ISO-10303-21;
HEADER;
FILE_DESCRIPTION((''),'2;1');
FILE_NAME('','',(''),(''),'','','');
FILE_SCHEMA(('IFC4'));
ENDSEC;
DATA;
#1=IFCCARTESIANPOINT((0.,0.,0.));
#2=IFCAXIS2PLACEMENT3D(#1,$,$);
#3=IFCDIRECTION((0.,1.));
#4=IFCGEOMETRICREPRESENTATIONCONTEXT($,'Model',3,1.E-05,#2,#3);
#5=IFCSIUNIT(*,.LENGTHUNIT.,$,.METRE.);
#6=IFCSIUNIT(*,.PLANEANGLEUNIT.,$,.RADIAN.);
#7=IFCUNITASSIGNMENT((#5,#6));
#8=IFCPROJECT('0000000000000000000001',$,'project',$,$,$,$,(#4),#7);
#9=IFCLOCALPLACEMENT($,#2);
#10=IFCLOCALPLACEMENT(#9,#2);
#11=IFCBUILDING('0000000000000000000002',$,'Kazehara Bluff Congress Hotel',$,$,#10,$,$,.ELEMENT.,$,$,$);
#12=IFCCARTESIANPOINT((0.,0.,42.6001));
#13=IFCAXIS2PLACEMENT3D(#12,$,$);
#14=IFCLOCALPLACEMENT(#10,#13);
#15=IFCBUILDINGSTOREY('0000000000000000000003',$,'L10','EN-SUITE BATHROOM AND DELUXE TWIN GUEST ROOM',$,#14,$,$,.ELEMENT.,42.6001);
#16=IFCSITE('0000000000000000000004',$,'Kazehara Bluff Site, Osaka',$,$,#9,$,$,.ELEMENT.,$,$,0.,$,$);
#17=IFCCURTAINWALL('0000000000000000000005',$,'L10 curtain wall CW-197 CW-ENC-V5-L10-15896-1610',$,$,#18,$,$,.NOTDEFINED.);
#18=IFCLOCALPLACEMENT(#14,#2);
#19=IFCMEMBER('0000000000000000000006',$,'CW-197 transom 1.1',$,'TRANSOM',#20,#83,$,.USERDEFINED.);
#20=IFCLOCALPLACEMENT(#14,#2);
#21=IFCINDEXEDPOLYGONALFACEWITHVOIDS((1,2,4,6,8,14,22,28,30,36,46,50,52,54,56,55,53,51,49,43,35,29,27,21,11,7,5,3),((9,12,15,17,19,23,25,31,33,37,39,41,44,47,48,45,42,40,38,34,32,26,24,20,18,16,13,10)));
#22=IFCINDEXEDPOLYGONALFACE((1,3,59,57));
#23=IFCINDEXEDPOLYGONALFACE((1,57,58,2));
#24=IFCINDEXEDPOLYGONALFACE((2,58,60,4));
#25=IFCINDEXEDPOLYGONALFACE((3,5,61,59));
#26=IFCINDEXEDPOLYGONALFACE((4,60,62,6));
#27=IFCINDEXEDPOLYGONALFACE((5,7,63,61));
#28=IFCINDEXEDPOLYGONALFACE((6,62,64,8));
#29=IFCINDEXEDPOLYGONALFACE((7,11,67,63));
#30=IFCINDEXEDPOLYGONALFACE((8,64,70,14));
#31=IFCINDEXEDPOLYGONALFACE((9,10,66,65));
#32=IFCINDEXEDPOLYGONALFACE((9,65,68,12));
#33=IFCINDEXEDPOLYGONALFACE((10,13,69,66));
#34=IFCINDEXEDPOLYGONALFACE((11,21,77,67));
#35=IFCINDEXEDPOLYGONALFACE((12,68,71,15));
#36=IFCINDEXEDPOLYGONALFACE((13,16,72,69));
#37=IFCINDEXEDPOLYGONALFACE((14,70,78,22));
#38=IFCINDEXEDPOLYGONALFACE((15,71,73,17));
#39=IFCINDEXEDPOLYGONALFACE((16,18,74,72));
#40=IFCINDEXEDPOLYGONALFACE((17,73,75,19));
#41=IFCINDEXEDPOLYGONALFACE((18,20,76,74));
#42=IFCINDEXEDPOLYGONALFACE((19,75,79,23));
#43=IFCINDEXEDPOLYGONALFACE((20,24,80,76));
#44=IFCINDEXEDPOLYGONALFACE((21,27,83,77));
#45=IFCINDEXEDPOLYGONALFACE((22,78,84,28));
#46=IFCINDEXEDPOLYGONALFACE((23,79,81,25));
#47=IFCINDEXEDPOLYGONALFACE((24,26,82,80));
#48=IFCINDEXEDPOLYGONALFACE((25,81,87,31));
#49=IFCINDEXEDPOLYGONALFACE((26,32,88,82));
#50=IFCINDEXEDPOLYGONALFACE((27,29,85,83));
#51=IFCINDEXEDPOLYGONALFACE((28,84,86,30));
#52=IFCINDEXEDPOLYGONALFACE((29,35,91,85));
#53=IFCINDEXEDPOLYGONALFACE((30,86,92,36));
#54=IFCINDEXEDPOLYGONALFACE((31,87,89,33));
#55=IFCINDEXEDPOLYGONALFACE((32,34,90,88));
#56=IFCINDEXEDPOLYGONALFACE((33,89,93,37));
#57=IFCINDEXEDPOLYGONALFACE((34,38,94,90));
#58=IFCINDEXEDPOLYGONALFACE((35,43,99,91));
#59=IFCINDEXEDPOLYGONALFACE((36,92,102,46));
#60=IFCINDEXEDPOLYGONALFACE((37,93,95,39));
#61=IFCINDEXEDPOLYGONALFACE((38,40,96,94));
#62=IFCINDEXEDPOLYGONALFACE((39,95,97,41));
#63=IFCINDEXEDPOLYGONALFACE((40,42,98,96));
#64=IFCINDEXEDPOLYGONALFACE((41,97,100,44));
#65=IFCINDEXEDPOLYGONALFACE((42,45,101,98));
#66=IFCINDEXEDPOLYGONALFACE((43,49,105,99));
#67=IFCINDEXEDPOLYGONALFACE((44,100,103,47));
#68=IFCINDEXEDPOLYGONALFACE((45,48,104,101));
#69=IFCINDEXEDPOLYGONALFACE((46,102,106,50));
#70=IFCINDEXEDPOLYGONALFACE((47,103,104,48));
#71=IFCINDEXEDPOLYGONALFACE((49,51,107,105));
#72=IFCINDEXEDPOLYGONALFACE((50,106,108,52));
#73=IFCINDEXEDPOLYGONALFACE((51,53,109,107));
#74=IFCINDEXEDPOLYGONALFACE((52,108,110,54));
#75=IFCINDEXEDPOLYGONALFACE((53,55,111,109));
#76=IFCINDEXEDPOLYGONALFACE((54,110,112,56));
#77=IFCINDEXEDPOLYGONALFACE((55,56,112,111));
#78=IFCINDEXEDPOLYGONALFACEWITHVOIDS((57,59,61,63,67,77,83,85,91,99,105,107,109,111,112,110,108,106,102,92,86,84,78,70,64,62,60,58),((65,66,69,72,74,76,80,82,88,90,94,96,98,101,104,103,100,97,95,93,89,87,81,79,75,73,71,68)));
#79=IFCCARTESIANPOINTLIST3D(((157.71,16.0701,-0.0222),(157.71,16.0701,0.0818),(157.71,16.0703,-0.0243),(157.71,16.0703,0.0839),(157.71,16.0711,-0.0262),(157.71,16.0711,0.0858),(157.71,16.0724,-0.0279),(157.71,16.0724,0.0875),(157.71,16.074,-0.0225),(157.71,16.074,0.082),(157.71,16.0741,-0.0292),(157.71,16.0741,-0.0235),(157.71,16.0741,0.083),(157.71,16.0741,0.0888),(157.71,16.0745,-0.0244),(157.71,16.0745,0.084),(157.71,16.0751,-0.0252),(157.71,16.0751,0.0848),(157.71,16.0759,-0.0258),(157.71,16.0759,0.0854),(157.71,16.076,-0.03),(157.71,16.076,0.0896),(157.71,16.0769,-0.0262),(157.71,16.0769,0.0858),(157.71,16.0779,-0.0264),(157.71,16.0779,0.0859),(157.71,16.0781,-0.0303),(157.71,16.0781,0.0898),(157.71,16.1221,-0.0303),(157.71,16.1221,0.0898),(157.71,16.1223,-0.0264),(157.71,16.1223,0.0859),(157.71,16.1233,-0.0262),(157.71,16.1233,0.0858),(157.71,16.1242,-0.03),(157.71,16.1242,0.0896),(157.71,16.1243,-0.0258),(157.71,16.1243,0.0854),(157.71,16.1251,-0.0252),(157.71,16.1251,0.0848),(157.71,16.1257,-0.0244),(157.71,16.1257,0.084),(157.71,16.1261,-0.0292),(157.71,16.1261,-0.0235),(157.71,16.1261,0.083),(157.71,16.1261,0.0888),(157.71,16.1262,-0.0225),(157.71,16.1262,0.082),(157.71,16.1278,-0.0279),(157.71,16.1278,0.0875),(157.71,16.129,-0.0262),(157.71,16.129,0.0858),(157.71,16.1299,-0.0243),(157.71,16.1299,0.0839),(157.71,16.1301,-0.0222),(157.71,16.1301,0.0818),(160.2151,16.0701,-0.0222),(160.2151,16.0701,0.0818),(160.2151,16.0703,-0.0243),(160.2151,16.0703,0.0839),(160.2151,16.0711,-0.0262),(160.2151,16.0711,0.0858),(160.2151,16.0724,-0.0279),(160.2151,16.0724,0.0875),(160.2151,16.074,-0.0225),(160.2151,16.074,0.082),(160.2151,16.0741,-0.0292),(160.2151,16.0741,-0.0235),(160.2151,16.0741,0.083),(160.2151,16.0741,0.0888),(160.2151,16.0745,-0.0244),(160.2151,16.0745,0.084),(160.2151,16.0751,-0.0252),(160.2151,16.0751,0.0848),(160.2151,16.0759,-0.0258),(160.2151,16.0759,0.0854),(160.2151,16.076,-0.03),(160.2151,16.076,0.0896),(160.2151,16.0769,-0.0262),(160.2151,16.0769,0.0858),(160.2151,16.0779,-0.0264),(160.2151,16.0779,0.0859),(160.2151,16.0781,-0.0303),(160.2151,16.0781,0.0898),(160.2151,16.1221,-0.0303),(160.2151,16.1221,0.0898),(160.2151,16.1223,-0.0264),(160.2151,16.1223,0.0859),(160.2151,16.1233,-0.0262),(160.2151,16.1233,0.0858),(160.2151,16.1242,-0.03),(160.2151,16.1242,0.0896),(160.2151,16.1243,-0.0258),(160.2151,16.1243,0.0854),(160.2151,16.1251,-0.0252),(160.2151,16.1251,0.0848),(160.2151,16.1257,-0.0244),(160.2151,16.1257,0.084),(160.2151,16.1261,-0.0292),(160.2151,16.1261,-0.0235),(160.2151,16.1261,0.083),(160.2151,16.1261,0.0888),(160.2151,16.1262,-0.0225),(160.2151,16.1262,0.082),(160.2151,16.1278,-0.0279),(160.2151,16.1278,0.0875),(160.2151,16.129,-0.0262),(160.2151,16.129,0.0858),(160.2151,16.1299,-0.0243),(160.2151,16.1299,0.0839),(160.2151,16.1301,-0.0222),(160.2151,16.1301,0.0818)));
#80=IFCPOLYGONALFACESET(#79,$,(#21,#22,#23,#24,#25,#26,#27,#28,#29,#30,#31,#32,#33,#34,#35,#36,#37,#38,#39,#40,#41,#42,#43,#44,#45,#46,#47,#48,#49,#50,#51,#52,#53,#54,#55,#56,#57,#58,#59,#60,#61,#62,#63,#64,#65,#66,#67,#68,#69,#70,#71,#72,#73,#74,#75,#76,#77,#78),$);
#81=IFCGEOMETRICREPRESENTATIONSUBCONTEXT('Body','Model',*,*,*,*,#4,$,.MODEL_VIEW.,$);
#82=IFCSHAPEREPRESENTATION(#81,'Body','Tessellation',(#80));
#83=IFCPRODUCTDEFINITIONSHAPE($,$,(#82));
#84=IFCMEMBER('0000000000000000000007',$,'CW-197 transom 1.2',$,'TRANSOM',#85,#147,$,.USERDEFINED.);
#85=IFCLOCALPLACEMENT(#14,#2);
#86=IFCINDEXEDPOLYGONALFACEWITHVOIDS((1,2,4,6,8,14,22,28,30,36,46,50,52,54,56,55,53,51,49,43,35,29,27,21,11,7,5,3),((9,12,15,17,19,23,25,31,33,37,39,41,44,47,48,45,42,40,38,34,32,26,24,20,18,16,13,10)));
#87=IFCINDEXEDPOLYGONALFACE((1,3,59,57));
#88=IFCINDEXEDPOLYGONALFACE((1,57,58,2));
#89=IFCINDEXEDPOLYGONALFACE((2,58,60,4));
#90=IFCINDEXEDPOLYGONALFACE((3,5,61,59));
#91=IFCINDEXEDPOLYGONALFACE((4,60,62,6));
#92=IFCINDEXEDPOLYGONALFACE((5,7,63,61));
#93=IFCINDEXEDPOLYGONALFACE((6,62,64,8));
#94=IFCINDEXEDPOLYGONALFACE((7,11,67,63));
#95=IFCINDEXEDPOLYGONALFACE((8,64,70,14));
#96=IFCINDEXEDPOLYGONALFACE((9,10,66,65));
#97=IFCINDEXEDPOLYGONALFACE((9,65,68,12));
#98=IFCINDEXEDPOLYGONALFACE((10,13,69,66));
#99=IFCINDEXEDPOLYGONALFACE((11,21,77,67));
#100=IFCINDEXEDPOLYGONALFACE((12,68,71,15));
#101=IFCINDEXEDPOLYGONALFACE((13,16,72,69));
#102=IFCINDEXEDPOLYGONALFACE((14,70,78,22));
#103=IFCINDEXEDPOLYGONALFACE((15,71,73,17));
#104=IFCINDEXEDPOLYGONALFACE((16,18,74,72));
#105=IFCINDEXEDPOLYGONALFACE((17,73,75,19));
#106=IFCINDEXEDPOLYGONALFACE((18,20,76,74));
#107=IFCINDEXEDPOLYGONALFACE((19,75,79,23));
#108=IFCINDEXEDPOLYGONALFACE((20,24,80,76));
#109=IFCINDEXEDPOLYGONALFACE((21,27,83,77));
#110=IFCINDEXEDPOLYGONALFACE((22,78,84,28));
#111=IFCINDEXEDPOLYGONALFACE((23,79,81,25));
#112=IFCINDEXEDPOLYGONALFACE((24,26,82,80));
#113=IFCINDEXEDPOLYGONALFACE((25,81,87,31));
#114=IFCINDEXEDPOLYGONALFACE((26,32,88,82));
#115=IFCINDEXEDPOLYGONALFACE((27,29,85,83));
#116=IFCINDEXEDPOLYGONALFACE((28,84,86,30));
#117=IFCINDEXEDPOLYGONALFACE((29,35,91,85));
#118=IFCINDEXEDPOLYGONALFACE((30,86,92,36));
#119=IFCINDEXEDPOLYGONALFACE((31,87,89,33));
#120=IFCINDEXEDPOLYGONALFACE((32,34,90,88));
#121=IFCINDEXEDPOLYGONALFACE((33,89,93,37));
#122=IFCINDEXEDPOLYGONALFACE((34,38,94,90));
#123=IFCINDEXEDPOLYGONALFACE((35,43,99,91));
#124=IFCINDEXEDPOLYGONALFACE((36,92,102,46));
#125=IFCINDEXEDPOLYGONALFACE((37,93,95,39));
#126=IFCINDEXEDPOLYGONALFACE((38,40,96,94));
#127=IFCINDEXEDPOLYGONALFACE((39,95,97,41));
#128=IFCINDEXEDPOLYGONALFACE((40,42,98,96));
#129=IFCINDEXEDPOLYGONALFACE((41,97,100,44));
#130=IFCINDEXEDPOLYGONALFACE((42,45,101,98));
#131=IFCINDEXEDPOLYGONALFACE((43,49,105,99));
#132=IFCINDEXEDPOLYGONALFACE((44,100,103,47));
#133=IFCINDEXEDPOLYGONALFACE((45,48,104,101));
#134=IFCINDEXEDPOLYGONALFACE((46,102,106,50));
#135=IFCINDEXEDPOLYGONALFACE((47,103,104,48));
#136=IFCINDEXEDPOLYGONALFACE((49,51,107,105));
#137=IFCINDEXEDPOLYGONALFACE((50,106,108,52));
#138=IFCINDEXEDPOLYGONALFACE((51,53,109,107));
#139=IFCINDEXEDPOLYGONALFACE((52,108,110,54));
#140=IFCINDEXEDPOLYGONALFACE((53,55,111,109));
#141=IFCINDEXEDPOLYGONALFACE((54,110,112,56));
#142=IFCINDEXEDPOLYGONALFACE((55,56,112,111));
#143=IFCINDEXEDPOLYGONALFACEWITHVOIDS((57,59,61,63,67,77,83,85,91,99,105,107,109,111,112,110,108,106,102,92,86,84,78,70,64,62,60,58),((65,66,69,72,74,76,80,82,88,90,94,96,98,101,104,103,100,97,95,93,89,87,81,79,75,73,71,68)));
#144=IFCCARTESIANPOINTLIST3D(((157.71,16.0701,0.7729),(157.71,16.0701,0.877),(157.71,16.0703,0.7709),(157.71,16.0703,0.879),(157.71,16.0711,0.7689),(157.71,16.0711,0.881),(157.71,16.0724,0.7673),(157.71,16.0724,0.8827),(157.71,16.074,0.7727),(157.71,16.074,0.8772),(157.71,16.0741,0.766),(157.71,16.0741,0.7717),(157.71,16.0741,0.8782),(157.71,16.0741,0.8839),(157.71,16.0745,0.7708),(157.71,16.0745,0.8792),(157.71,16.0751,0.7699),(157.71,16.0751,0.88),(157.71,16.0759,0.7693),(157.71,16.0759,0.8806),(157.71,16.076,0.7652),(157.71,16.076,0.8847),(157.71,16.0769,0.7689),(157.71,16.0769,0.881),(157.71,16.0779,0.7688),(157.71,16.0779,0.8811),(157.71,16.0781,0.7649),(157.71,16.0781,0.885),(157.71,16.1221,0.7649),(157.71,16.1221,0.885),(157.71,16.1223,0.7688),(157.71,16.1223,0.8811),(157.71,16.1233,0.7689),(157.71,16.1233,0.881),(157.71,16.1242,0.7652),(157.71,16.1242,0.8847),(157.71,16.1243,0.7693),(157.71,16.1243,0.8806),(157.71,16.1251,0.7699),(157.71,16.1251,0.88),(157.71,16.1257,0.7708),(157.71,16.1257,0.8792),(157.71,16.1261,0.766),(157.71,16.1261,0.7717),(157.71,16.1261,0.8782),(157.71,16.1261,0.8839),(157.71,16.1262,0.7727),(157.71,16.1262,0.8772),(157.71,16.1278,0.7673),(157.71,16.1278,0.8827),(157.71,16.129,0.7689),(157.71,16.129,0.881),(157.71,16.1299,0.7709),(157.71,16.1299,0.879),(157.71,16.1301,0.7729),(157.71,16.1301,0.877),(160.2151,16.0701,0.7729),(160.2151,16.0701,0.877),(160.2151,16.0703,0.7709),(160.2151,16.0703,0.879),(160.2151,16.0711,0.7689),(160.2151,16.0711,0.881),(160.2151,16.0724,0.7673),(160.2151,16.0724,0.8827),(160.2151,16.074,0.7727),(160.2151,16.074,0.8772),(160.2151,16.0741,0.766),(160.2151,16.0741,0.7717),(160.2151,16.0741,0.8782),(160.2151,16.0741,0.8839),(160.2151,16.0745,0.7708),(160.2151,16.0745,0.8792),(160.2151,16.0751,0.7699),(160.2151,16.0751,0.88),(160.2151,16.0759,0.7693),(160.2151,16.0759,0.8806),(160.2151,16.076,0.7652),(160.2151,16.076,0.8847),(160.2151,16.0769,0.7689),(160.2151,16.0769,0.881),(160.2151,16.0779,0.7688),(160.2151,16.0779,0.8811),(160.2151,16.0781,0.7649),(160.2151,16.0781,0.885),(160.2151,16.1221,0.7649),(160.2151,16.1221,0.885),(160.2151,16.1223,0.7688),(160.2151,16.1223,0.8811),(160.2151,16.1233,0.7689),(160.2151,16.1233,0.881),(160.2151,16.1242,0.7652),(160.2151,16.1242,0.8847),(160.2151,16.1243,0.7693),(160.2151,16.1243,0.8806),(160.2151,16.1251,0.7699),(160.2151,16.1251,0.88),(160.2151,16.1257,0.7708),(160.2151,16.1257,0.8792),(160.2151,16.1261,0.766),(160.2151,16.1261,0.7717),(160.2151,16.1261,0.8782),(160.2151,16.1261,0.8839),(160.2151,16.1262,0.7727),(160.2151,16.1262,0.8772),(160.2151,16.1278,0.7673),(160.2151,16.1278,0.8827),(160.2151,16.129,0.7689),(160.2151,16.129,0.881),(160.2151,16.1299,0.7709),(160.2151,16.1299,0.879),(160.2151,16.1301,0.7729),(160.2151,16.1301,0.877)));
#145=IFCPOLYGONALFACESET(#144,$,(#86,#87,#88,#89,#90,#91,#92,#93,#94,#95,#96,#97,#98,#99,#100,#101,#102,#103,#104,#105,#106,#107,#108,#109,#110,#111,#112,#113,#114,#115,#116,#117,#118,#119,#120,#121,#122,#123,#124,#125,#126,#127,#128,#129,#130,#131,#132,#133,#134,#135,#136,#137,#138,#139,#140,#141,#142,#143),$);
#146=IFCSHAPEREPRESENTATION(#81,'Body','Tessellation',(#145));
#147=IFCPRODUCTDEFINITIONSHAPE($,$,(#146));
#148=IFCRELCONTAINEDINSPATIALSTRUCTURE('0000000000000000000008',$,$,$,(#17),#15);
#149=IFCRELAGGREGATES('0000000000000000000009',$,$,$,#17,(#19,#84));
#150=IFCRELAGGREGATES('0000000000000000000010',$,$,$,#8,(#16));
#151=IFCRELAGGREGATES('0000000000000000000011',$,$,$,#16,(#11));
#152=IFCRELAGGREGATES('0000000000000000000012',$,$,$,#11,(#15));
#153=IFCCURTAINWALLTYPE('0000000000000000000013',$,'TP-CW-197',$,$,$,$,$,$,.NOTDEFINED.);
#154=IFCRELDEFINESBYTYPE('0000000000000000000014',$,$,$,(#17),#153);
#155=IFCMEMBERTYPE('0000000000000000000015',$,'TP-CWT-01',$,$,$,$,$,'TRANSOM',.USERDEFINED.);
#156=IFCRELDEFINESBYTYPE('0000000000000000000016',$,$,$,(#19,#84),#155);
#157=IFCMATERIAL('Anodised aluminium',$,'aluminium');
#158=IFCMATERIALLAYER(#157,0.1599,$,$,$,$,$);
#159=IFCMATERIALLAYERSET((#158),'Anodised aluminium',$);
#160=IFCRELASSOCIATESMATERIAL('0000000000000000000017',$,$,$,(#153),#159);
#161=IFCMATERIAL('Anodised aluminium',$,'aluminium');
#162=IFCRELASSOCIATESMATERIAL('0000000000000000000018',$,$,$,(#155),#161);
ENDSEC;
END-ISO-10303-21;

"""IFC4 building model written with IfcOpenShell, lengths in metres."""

from ifc_helpers import new_model, si_unit, direction, frame, origin, origin_2d, place, context, subcontext, project, spatial, hollow_rectangle, extrude, material, layer, layer_set, material_profile, profile_set, type_object, element, aggregate, save


model = new_model("IFC4")

# Units and contexts
model_context = context("Model", 3, precision=1e-05, world=origin(), true_north=direction((0.0, 1.0)))
body_context = subcontext(model_context, "Body", "Model", "MODEL_VIEW")
ifc_project = project(units=[si_unit("LENGTHUNIT", "METRE"), si_unit("PLANEANGLEUNIT", "RADIAN")], contexts=[model_context])

# Site, building, storey
site_placement = place(None, origin())
site = spatial("IfcSite", under=ifc_project, at=site_placement, Name="Kazehara Bluff Site, Osaka", CompositionType="ELEMENT", RefElevation=0.0)
building_placement = place(site_placement, origin())
building = spatial("IfcBuilding", under=site, at=building_placement, Name="Kazehara Bluff Congress Hotel", CompositionType="ELEMENT")
storey_placement = place(building_placement, frame((0.0, 0.0, 42.6001)))
storey = spatial("IfcBuildingStorey", under=building, at=storey_placement, Name="L10", Description="EN-SUITE BATHROOM AND DELUXE TWIN GUEST ROOM", CompositionType="ELEMENT", Elevation=42.6001)

# Curtain wall
ifc_material_1 = material(Name="Anodised aluminium", Category="aluminium")
ifc_layer_1 = layer(ifc_material_1, 0.1599)
ifc_layer_set_1 = layer_set([ifc_layer_1], Name="Anodised aluminium")
curtain_wall_type_1 = type_object("IfcCurtainWallType", Name="TP-CW-197", PredefinedType="NOTDEFINED", material=ifc_layer_set_1)
curtain_wall_1_placement = place(storey_placement, origin())
curtain_wall_1 = element("IfcCurtainWall", 1, at=curtain_wall_1_placement, inside=storey, type_object=curtain_wall_type_1, Name="L10 curtain wall CW-197 CW-ENC-V5-L10-15896-1610", PredefinedType="NOTDEFINED")

# Members
ifc_material_2 = material(Name="Anodised aluminium", Category="aluminium")
ifc_material_profile_1 = material_profile(ifc_material_2, hollow_rectangle(XDim=0.0601, YDim=0.1201, WallThickness=0.0039, InnerFilletRadius=0.0039, OuterFilletRadius=0.0081, at=origin_2d()))
ifc_profile_set_1 = profile_set([ifc_material_profile_1], Name="Anodised aluminium")
member_type_1 = type_object("IfcMemberType", Name="TP-CWT-01", ElementType="TRANSOM", PredefinedType="USERDEFINED", material=ifc_profile_set_1)
member_1_placement = place(storey_placement, frame((160.2151, 16.1001, 0.0298), z_axis=(-1.0, 0.0, 0.0), x_axis=(0.0, -1.0, 0.0)))
member_1 = element("IfcMember", 2, at=member_1_placement, type_object=member_type_1, Name="CW-197 transom 1.1", ObjectType="TRANSOM", PredefinedType="USERDEFINED", context=body_context, shape_type="SweptSolid", body=[
    extrude(hollow_rectangle(XDim=0.0601, YDim=0.1201, WallThickness=0.0039, InnerFilletRadius=0.0039, OuterFilletRadius=0.0081, at=origin_2d()), origin(), (0.0, 0.0, 1.0), 2.5051),
])
member_2_placement = place(storey_placement, frame((160.2151, 16.1001, 0.825), z_axis=(-1.0, 0.0, 0.0), x_axis=(0.0, -1.0, 0.0)))
member_2 = element("IfcMember", 3, at=member_2_placement, type_object=member_type_1, Name="CW-197 transom 1.2", ObjectType="TRANSOM", PredefinedType="USERDEFINED", context=body_context, shape_type="SweptSolid", body=[
    extrude(hollow_rectangle(XDim=0.0601, YDim=0.1201, WallThickness=0.0039, InnerFilletRadius=0.0039, OuterFilletRadius=0.0081, at=origin_2d()), origin(), (0.0, 0.0, 1.0), 2.5051),
])

aggregate(curtain_wall_1, [member_1, member_2])

save(model, "model.ifc")
